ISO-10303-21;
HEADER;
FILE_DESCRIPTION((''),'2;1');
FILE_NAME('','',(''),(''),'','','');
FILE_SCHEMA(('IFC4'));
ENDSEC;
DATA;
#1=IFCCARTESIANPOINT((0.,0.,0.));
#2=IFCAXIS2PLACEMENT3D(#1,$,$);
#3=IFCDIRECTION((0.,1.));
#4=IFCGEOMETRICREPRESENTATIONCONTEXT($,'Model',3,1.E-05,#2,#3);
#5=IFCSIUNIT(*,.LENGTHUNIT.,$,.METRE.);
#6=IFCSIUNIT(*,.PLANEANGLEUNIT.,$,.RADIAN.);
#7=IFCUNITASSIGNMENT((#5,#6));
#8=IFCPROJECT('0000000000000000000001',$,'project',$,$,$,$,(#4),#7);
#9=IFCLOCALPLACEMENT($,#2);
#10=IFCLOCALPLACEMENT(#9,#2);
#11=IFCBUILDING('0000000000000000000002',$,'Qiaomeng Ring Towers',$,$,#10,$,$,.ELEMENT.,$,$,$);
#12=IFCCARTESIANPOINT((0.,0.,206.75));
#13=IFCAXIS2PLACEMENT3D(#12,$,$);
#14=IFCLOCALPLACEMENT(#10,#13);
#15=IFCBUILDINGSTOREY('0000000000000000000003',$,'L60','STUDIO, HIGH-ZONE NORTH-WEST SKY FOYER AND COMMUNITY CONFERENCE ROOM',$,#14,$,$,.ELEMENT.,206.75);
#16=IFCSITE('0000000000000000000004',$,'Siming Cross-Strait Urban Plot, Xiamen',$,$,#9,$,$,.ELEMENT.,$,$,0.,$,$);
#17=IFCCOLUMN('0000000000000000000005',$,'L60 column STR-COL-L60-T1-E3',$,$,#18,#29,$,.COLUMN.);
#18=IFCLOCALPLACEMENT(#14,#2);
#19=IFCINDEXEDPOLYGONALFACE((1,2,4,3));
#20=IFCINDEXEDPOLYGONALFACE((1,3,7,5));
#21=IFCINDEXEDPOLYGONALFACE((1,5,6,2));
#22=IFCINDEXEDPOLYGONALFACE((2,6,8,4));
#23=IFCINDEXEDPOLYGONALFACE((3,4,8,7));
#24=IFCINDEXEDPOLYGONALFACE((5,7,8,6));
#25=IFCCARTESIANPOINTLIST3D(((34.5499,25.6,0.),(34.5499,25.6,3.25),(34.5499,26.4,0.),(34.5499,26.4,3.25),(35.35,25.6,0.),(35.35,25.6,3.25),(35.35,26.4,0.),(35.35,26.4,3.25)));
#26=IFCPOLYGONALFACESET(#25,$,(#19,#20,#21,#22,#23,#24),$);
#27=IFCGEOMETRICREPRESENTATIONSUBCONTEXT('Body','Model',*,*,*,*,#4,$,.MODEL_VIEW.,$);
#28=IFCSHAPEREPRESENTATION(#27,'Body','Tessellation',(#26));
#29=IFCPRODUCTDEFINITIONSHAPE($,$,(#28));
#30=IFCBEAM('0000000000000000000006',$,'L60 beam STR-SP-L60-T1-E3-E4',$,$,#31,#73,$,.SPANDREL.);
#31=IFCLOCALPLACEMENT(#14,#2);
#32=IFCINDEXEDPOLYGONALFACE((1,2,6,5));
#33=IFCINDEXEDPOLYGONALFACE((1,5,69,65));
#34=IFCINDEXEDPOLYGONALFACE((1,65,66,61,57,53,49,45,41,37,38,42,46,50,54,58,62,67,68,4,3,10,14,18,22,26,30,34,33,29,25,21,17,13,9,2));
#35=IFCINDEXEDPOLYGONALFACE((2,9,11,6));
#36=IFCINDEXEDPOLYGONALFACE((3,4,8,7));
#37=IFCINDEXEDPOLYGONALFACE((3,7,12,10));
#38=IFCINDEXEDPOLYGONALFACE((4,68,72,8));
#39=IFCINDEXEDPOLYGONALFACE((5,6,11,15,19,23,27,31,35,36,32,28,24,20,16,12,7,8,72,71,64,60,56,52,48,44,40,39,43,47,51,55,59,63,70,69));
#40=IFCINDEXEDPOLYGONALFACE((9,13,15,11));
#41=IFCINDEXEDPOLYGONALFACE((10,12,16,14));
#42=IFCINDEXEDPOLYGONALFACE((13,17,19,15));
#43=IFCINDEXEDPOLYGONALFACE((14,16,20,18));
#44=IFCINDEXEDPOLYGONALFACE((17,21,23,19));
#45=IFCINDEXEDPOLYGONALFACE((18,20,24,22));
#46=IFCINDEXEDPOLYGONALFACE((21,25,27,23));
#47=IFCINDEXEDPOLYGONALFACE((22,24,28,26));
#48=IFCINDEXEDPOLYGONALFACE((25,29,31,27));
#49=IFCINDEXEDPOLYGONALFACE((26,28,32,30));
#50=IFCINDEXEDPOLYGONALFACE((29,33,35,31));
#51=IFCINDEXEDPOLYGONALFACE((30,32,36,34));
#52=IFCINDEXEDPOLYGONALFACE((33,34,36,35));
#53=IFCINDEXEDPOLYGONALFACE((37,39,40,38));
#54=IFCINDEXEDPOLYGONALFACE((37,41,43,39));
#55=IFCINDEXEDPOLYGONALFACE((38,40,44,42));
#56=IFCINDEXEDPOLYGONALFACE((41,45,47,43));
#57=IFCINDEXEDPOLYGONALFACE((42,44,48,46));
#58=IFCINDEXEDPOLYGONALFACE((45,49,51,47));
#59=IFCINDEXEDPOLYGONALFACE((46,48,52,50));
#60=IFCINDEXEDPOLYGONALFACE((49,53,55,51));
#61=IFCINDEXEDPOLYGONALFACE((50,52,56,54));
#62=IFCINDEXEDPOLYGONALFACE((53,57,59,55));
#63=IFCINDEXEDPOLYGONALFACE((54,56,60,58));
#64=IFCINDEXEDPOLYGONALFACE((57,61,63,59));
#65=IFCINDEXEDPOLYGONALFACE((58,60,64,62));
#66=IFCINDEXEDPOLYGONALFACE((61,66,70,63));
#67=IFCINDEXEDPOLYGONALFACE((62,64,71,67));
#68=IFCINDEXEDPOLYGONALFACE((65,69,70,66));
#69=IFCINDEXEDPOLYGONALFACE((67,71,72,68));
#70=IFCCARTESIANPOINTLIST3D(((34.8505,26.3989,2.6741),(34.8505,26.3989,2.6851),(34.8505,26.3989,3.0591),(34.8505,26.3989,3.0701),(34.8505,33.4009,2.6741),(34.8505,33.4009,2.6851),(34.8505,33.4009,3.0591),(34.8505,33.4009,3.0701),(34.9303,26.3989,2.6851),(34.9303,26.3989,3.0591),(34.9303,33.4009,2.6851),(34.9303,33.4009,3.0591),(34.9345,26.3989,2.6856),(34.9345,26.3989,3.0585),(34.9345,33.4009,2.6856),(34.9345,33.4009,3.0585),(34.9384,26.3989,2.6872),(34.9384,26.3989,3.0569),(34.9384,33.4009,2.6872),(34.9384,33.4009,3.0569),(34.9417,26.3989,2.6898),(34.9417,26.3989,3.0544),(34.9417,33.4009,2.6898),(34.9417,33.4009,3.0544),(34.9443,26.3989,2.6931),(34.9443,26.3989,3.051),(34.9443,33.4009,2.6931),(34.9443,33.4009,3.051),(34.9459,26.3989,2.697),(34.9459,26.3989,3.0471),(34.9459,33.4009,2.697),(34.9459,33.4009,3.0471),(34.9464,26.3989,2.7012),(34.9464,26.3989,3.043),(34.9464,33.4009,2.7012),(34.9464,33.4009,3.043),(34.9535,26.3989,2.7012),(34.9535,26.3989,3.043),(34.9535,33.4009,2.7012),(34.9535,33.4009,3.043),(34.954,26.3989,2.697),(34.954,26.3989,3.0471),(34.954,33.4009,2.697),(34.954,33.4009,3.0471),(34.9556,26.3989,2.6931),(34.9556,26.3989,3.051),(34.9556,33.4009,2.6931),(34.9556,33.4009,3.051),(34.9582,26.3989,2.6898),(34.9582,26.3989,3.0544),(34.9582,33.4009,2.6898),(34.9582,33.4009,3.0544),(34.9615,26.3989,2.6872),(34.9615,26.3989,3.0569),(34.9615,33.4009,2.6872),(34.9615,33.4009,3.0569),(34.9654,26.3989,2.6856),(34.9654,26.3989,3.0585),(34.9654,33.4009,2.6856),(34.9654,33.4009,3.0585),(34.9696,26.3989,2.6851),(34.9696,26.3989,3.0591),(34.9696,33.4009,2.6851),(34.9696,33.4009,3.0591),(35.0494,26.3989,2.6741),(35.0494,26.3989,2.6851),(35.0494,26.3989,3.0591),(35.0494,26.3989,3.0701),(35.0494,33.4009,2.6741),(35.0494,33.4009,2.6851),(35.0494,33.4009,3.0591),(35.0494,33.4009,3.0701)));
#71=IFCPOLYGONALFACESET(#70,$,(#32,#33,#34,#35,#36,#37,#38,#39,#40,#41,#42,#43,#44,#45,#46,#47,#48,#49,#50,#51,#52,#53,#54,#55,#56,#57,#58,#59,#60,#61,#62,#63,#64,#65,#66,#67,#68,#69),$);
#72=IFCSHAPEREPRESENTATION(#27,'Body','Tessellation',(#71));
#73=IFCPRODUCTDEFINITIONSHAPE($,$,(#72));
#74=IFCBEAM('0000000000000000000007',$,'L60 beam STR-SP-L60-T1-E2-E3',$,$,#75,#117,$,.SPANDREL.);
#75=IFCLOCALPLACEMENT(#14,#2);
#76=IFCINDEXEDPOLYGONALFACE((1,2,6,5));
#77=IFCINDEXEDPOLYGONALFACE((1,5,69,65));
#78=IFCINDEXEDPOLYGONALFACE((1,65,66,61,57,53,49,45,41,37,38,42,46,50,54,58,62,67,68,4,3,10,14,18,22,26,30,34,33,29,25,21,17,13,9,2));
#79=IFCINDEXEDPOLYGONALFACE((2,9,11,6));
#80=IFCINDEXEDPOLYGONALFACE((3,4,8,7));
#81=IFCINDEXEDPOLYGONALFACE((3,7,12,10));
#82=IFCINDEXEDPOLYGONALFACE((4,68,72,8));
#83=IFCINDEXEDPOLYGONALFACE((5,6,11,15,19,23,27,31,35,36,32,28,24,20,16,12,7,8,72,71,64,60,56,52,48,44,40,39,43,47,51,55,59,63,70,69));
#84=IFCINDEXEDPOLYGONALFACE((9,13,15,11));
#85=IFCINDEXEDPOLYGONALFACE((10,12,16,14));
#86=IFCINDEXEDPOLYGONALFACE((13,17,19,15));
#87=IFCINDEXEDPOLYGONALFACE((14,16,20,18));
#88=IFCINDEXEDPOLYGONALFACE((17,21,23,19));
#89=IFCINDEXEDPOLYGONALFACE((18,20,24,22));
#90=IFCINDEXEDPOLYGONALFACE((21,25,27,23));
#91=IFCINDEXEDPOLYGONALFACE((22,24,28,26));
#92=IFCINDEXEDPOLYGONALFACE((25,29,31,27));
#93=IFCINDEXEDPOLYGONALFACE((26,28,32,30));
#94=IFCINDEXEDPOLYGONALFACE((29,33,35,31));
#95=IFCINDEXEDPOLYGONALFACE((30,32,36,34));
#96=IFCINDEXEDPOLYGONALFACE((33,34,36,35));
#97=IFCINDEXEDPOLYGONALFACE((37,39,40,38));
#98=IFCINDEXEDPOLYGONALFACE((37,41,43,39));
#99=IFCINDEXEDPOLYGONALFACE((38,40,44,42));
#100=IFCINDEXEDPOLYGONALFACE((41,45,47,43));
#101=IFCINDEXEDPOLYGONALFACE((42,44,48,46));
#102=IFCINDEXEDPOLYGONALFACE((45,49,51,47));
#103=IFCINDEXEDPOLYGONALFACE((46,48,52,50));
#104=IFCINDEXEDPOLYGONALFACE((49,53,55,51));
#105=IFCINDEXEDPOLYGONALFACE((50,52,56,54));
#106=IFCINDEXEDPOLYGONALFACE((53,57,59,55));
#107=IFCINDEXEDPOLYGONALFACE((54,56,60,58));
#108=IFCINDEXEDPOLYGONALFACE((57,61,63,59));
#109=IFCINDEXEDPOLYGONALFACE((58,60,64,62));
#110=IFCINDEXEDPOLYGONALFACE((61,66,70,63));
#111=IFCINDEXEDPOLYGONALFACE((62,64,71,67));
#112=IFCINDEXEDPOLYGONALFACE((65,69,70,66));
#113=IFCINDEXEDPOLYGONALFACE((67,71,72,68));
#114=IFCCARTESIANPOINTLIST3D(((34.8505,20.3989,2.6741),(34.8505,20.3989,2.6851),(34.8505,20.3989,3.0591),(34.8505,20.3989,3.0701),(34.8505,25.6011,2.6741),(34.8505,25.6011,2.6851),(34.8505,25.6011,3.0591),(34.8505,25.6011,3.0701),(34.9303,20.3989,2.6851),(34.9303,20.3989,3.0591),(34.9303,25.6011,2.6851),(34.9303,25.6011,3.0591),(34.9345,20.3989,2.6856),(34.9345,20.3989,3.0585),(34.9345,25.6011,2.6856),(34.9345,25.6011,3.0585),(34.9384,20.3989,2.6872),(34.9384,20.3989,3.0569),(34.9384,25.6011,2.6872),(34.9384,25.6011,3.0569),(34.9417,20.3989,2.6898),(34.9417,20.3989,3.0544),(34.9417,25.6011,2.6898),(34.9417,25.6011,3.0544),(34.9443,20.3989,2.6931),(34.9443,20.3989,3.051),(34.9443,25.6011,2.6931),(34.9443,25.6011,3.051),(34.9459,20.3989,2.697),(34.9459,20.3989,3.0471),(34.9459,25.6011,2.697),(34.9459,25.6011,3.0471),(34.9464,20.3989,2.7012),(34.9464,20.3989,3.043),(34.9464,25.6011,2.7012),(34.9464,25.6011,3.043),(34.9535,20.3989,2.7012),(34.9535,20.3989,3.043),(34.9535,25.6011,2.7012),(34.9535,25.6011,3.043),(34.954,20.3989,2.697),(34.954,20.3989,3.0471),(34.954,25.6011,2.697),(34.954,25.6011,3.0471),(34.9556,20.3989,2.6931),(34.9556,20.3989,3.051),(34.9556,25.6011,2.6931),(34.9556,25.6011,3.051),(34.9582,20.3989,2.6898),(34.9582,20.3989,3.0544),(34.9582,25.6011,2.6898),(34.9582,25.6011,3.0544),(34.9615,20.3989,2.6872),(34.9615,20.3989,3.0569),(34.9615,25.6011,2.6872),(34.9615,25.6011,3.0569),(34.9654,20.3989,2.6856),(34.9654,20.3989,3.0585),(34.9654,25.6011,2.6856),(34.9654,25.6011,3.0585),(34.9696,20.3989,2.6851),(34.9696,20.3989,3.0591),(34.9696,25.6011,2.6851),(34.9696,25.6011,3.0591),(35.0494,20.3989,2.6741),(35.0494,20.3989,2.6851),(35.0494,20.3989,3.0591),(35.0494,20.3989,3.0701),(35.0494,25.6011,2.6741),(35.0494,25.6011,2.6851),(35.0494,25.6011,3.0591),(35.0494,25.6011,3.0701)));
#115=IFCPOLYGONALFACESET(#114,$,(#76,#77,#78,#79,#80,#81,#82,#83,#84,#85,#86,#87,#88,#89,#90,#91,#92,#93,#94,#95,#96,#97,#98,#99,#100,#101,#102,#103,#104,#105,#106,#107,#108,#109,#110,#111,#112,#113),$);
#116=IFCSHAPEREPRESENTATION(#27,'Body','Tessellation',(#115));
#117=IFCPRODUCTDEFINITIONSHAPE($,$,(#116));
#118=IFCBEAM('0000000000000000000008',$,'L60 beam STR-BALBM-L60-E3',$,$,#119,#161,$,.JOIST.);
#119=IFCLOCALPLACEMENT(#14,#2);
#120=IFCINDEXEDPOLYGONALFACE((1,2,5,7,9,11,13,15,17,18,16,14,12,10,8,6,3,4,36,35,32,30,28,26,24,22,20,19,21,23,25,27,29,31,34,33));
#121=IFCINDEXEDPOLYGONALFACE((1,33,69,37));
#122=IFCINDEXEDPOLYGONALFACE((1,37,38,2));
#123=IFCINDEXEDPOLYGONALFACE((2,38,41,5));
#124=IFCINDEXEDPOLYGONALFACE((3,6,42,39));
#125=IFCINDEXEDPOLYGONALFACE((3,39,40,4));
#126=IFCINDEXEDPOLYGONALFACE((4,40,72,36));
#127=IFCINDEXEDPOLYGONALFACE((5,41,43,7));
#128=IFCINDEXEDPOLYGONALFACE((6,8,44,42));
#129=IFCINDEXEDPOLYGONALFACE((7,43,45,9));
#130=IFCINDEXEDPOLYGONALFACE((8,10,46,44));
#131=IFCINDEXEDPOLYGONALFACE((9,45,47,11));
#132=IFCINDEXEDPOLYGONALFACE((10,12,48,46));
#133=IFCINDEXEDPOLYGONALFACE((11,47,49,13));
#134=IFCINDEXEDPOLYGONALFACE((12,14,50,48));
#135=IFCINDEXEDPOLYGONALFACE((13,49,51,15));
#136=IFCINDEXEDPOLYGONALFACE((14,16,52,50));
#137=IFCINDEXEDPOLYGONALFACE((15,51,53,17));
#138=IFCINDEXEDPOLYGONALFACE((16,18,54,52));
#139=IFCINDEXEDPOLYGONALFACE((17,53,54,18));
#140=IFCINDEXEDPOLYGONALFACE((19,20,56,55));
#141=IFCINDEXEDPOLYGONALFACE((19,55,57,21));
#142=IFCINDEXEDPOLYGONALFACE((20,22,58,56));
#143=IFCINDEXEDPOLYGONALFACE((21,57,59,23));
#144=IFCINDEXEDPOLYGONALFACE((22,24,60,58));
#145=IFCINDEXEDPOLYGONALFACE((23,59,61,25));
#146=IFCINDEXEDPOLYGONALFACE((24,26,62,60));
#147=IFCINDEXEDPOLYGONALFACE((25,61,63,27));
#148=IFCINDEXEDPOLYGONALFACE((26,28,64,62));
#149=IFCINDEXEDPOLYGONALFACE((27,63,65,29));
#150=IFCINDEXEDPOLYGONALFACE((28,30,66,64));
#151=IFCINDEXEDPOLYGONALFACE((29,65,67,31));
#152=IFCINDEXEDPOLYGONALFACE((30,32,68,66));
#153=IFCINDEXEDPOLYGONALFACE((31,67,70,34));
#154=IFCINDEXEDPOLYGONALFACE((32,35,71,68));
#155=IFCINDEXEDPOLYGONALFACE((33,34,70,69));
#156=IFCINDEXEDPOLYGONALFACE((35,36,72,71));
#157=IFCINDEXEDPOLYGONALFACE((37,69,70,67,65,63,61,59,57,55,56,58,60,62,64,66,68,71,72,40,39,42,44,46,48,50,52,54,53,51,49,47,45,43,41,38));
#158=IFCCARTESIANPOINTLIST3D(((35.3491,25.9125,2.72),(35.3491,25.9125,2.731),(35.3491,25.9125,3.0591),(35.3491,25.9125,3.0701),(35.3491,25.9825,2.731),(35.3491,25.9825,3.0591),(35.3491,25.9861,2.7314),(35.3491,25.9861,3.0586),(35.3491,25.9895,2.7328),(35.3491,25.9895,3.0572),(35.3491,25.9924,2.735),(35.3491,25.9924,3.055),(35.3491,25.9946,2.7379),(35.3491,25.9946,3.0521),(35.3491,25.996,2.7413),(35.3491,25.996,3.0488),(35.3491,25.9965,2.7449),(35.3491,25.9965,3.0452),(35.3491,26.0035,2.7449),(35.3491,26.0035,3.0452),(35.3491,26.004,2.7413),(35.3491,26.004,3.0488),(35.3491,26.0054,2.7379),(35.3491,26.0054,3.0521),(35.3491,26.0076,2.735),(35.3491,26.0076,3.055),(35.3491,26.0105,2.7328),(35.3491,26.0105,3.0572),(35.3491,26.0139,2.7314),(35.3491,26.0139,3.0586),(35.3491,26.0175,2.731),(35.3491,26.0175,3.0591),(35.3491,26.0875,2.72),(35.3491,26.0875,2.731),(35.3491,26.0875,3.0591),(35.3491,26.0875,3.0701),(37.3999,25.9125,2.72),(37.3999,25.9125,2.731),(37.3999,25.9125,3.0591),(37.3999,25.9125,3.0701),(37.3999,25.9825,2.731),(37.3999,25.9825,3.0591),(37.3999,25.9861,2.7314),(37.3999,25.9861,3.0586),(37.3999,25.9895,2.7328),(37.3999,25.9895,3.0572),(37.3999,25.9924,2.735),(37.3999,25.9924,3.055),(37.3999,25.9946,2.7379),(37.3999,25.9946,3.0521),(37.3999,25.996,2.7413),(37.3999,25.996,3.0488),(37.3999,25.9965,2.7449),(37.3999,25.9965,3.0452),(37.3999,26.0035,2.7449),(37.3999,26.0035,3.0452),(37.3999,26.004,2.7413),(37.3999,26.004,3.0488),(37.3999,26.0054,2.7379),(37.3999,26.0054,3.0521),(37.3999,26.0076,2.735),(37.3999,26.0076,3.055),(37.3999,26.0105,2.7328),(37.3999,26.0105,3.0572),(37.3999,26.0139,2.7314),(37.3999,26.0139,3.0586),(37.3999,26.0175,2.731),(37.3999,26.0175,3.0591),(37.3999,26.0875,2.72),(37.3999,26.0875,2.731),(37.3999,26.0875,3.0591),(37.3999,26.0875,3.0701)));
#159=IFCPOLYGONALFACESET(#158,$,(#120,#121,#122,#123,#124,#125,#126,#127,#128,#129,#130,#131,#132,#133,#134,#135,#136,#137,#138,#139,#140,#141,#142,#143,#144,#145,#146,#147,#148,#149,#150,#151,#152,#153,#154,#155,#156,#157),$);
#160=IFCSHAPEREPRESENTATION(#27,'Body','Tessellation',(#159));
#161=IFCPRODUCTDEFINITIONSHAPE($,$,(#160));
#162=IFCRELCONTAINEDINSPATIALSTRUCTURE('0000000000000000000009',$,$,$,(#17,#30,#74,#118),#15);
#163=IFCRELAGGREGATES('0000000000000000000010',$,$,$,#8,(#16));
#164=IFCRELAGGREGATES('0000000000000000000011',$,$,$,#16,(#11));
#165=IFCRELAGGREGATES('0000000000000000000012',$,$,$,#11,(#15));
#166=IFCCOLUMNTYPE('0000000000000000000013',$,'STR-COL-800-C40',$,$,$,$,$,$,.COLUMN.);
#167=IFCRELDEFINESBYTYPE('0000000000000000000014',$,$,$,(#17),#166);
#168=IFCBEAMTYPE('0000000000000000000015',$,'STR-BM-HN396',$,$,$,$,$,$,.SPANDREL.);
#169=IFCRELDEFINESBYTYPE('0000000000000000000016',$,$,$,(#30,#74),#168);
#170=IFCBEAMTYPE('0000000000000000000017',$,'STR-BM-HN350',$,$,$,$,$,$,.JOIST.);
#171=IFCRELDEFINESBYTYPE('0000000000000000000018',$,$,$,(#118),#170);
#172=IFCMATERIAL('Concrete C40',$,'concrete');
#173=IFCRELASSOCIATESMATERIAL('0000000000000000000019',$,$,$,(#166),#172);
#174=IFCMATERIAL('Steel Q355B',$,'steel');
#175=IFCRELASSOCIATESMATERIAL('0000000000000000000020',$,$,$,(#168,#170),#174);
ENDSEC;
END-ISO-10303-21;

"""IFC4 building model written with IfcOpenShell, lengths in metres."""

from ifc_helpers import new_model, si_unit, direction, frame, origin, origin_2d, place, context, subcontext, project, spatial, rectangle, i_section, extrude, source, transform, mapped, material, material_profile, profile_set, type_object, element, save


model = new_model("IFC4")

# Units and contexts
model_context = context("Model", 3, precision=1e-05, world=origin(), true_north=direction((0.0, 1.0)))
body_context = subcontext(model_context, "Body", "Model", "MODEL_VIEW")
ifc_project = project(units=[si_unit("LENGTHUNIT", "METRE"), si_unit("PLANEANGLEUNIT", "RADIAN")], contexts=[model_context])

# Site, building, storey
site_placement = place(None, origin())
site = spatial("IfcSite", under=ifc_project, at=site_placement, Name="Siming Cross-Strait Urban Plot, Xiamen", CompositionType="ELEMENT", RefElevation=0.0)
building_placement = place(site_placement, origin())
building = spatial("IfcBuilding", under=site, at=building_placement, Name="Qiaomeng Ring Towers", CompositionType="ELEMENT")
storey_placement = place(building_placement, frame((0.0, 0.0, 206.75)))
storey = spatial("IfcBuildingStorey", under=building, at=storey_placement, Name="L60", Description="STUDIO, HIGH-ZONE NORTH-WEST SKY FOYER AND COMMUNITY CONFERENCE ROOM", CompositionType="ELEMENT", Elevation=206.75)

# Column
ifc_material_1 = material(Name="Concrete C40", Category="concrete")
ifc_material_profile_1 = material_profile(ifc_material_1, rectangle(XDim=0.8, YDim=0.8, at=origin_2d()), Name="RC COL 800x800")
ifc_profile_set_1 = profile_set([ifc_material_profile_1], Name="Concrete C40")
column_type = type_object("IfcColumnType", Name="STR-COL-800-C40", PredefinedType="COLUMN", material=ifc_profile_set_1)
shared_shape_1 = source(origin(), body_context, "Body", "SweptSolid", [
    extrude(rectangle(XDim=0.8, YDim=0.8, at=origin_2d()), origin(), (0.0, 0.0, 1.0), 3.25),
])
column_placement = place(storey_placement, frame((34.95, 26.0, 0.0), z_axis=(0.0, 0.0, 1.0), x_axis=(1.0, 0.0, 0.0)))
element("IfcColumn", 1, at=column_placement, inside=storey, type_object=column_type, Name="L60 column STR-COL-L60-T1-E3", PredefinedType="COLUMN", context=body_context, shape_type="MappedRepresentation", body=[
    mapped(shared_shape_1, transform((0.0, 0.0, 0.0), x_axis=(1.0, 0.0, 0.0), y_axis=(0.0, 1.0, 0.0), z_axis=(0.0, 0.0, 1.0), scale=1.0)),
])

# Beams
ifc_material_2 = material(Name="Steel Q355B", Category="steel")
ifc_material_profile_2 = material_profile(ifc_material_2, i_section(OverallWidth=0.199, OverallDepth=0.396, WebThickness=0.0071, FlangeThickness=0.011, FilletRadius=0.0161, at=origin_2d()), Name="HN 396x199x7x11")
ifc_profile_set_2 = profile_set([ifc_material_profile_2], Name="Steel Q355B")
beam_type_1 = type_object("IfcBeamType", Name="STR-BM-HN396", PredefinedType="SPANDREL", material=ifc_profile_set_2)
shared_shape_2 = source(origin(), body_context, "Body", "SweptSolid", [
    extrude(i_section(OverallWidth=0.199, OverallDepth=0.396, WebThickness=0.0071, FlangeThickness=0.011, FilletRadius=0.0161, at=origin_2d()), origin(), (0.0, 0.0, 1.0), 7.002),
])
beam_1_placement = place(storey_placement, frame((34.95, 26.3989, 2.8721), z_axis=(0.0, 1.0, 0.0), x_axis=(-1.0, 0.0, 0.0)))
element("IfcBeam", 2, at=beam_1_placement, inside=storey, type_object=beam_type_1, Name="L60 beam STR-SP-L60-T1-E3-E4", PredefinedType="SPANDREL", context=body_context, shape_type="MappedRepresentation", body=[
    mapped(shared_shape_2, transform((0.0, 0.0, 0.0), x_axis=(1.0, 0.0, 0.0), y_axis=(0.0, 1.0, 0.0), z_axis=(0.0, 0.0, 1.0), scale=1.0)),
])
shared_shape_3 = source(origin(), body_context, "Body", "SweptSolid", [
    extrude(i_section(OverallWidth=0.199, OverallDepth=0.396, WebThickness=0.0071, FlangeThickness=0.011, FilletRadius=0.0161, at=origin_2d()), origin(), (0.0, 0.0, 1.0), 5.2021),
])
beam_2_placement = place(storey_placement, frame((34.95, 20.3989, 2.8721), z_axis=(0.0, 1.0, 0.0), x_axis=(-1.0, 0.0, 0.0)))
element("IfcBeam", 3, at=beam_2_placement, inside=storey, type_object=beam_type_1, Name="L60 beam STR-SP-L60-T1-E2-E3", PredefinedType="SPANDREL", context=body_context, shape_type="MappedRepresentation", body=[
    mapped(shared_shape_3, transform((0.0, 0.0, 0.0), x_axis=(1.0, 0.0, 0.0), y_axis=(0.0, 1.0, 0.0), z_axis=(0.0, 0.0, 1.0), scale=1.0)),
])
ifc_material_profile_3 = material_profile(ifc_material_2, i_section(OverallWidth=0.175, OverallDepth=0.3501, WebThickness=0.0071, FlangeThickness=0.011, FilletRadius=0.0139, at=origin_2d()), Name="HN 350x175x7x11")
ifc_profile_set_3 = profile_set([ifc_material_profile_3], Name="Steel Q355B")
beam_type_2 = type_object("IfcBeamType", Name="STR-BM-HN350", PredefinedType="JOIST", material=ifc_profile_set_3)
shared_shape_4 = source(origin(), body_context, "Body", "SweptSolid", [
    extrude(i_section(OverallWidth=0.175, OverallDepth=0.3501, WebThickness=0.0071, FlangeThickness=0.011, FilletRadius=0.0139, at=origin_2d()), origin(), (0.0, 0.0, 1.0), 2.0508),
])
beam_3_placement = place(storey_placement, frame((35.3491, 26.0, 2.895), z_axis=(1.0, 0.0, 0.0), x_axis=(0.0, 1.0, 0.0)))
element("IfcBeam", 4, at=beam_3_placement, inside=storey, type_object=beam_type_2, Name="L60 beam STR-BALBM-L60-E3", PredefinedType="JOIST", context=body_context, shape_type="MappedRepresentation", body=[
    mapped(shared_shape_4, transform((0.0, 0.0, 0.0), x_axis=(1.0, 0.0, 0.0), y_axis=(0.0, 1.0, 0.0), z_axis=(0.0, 0.0, 1.0), scale=1.0)),
])

save(model, "model.ifc")
